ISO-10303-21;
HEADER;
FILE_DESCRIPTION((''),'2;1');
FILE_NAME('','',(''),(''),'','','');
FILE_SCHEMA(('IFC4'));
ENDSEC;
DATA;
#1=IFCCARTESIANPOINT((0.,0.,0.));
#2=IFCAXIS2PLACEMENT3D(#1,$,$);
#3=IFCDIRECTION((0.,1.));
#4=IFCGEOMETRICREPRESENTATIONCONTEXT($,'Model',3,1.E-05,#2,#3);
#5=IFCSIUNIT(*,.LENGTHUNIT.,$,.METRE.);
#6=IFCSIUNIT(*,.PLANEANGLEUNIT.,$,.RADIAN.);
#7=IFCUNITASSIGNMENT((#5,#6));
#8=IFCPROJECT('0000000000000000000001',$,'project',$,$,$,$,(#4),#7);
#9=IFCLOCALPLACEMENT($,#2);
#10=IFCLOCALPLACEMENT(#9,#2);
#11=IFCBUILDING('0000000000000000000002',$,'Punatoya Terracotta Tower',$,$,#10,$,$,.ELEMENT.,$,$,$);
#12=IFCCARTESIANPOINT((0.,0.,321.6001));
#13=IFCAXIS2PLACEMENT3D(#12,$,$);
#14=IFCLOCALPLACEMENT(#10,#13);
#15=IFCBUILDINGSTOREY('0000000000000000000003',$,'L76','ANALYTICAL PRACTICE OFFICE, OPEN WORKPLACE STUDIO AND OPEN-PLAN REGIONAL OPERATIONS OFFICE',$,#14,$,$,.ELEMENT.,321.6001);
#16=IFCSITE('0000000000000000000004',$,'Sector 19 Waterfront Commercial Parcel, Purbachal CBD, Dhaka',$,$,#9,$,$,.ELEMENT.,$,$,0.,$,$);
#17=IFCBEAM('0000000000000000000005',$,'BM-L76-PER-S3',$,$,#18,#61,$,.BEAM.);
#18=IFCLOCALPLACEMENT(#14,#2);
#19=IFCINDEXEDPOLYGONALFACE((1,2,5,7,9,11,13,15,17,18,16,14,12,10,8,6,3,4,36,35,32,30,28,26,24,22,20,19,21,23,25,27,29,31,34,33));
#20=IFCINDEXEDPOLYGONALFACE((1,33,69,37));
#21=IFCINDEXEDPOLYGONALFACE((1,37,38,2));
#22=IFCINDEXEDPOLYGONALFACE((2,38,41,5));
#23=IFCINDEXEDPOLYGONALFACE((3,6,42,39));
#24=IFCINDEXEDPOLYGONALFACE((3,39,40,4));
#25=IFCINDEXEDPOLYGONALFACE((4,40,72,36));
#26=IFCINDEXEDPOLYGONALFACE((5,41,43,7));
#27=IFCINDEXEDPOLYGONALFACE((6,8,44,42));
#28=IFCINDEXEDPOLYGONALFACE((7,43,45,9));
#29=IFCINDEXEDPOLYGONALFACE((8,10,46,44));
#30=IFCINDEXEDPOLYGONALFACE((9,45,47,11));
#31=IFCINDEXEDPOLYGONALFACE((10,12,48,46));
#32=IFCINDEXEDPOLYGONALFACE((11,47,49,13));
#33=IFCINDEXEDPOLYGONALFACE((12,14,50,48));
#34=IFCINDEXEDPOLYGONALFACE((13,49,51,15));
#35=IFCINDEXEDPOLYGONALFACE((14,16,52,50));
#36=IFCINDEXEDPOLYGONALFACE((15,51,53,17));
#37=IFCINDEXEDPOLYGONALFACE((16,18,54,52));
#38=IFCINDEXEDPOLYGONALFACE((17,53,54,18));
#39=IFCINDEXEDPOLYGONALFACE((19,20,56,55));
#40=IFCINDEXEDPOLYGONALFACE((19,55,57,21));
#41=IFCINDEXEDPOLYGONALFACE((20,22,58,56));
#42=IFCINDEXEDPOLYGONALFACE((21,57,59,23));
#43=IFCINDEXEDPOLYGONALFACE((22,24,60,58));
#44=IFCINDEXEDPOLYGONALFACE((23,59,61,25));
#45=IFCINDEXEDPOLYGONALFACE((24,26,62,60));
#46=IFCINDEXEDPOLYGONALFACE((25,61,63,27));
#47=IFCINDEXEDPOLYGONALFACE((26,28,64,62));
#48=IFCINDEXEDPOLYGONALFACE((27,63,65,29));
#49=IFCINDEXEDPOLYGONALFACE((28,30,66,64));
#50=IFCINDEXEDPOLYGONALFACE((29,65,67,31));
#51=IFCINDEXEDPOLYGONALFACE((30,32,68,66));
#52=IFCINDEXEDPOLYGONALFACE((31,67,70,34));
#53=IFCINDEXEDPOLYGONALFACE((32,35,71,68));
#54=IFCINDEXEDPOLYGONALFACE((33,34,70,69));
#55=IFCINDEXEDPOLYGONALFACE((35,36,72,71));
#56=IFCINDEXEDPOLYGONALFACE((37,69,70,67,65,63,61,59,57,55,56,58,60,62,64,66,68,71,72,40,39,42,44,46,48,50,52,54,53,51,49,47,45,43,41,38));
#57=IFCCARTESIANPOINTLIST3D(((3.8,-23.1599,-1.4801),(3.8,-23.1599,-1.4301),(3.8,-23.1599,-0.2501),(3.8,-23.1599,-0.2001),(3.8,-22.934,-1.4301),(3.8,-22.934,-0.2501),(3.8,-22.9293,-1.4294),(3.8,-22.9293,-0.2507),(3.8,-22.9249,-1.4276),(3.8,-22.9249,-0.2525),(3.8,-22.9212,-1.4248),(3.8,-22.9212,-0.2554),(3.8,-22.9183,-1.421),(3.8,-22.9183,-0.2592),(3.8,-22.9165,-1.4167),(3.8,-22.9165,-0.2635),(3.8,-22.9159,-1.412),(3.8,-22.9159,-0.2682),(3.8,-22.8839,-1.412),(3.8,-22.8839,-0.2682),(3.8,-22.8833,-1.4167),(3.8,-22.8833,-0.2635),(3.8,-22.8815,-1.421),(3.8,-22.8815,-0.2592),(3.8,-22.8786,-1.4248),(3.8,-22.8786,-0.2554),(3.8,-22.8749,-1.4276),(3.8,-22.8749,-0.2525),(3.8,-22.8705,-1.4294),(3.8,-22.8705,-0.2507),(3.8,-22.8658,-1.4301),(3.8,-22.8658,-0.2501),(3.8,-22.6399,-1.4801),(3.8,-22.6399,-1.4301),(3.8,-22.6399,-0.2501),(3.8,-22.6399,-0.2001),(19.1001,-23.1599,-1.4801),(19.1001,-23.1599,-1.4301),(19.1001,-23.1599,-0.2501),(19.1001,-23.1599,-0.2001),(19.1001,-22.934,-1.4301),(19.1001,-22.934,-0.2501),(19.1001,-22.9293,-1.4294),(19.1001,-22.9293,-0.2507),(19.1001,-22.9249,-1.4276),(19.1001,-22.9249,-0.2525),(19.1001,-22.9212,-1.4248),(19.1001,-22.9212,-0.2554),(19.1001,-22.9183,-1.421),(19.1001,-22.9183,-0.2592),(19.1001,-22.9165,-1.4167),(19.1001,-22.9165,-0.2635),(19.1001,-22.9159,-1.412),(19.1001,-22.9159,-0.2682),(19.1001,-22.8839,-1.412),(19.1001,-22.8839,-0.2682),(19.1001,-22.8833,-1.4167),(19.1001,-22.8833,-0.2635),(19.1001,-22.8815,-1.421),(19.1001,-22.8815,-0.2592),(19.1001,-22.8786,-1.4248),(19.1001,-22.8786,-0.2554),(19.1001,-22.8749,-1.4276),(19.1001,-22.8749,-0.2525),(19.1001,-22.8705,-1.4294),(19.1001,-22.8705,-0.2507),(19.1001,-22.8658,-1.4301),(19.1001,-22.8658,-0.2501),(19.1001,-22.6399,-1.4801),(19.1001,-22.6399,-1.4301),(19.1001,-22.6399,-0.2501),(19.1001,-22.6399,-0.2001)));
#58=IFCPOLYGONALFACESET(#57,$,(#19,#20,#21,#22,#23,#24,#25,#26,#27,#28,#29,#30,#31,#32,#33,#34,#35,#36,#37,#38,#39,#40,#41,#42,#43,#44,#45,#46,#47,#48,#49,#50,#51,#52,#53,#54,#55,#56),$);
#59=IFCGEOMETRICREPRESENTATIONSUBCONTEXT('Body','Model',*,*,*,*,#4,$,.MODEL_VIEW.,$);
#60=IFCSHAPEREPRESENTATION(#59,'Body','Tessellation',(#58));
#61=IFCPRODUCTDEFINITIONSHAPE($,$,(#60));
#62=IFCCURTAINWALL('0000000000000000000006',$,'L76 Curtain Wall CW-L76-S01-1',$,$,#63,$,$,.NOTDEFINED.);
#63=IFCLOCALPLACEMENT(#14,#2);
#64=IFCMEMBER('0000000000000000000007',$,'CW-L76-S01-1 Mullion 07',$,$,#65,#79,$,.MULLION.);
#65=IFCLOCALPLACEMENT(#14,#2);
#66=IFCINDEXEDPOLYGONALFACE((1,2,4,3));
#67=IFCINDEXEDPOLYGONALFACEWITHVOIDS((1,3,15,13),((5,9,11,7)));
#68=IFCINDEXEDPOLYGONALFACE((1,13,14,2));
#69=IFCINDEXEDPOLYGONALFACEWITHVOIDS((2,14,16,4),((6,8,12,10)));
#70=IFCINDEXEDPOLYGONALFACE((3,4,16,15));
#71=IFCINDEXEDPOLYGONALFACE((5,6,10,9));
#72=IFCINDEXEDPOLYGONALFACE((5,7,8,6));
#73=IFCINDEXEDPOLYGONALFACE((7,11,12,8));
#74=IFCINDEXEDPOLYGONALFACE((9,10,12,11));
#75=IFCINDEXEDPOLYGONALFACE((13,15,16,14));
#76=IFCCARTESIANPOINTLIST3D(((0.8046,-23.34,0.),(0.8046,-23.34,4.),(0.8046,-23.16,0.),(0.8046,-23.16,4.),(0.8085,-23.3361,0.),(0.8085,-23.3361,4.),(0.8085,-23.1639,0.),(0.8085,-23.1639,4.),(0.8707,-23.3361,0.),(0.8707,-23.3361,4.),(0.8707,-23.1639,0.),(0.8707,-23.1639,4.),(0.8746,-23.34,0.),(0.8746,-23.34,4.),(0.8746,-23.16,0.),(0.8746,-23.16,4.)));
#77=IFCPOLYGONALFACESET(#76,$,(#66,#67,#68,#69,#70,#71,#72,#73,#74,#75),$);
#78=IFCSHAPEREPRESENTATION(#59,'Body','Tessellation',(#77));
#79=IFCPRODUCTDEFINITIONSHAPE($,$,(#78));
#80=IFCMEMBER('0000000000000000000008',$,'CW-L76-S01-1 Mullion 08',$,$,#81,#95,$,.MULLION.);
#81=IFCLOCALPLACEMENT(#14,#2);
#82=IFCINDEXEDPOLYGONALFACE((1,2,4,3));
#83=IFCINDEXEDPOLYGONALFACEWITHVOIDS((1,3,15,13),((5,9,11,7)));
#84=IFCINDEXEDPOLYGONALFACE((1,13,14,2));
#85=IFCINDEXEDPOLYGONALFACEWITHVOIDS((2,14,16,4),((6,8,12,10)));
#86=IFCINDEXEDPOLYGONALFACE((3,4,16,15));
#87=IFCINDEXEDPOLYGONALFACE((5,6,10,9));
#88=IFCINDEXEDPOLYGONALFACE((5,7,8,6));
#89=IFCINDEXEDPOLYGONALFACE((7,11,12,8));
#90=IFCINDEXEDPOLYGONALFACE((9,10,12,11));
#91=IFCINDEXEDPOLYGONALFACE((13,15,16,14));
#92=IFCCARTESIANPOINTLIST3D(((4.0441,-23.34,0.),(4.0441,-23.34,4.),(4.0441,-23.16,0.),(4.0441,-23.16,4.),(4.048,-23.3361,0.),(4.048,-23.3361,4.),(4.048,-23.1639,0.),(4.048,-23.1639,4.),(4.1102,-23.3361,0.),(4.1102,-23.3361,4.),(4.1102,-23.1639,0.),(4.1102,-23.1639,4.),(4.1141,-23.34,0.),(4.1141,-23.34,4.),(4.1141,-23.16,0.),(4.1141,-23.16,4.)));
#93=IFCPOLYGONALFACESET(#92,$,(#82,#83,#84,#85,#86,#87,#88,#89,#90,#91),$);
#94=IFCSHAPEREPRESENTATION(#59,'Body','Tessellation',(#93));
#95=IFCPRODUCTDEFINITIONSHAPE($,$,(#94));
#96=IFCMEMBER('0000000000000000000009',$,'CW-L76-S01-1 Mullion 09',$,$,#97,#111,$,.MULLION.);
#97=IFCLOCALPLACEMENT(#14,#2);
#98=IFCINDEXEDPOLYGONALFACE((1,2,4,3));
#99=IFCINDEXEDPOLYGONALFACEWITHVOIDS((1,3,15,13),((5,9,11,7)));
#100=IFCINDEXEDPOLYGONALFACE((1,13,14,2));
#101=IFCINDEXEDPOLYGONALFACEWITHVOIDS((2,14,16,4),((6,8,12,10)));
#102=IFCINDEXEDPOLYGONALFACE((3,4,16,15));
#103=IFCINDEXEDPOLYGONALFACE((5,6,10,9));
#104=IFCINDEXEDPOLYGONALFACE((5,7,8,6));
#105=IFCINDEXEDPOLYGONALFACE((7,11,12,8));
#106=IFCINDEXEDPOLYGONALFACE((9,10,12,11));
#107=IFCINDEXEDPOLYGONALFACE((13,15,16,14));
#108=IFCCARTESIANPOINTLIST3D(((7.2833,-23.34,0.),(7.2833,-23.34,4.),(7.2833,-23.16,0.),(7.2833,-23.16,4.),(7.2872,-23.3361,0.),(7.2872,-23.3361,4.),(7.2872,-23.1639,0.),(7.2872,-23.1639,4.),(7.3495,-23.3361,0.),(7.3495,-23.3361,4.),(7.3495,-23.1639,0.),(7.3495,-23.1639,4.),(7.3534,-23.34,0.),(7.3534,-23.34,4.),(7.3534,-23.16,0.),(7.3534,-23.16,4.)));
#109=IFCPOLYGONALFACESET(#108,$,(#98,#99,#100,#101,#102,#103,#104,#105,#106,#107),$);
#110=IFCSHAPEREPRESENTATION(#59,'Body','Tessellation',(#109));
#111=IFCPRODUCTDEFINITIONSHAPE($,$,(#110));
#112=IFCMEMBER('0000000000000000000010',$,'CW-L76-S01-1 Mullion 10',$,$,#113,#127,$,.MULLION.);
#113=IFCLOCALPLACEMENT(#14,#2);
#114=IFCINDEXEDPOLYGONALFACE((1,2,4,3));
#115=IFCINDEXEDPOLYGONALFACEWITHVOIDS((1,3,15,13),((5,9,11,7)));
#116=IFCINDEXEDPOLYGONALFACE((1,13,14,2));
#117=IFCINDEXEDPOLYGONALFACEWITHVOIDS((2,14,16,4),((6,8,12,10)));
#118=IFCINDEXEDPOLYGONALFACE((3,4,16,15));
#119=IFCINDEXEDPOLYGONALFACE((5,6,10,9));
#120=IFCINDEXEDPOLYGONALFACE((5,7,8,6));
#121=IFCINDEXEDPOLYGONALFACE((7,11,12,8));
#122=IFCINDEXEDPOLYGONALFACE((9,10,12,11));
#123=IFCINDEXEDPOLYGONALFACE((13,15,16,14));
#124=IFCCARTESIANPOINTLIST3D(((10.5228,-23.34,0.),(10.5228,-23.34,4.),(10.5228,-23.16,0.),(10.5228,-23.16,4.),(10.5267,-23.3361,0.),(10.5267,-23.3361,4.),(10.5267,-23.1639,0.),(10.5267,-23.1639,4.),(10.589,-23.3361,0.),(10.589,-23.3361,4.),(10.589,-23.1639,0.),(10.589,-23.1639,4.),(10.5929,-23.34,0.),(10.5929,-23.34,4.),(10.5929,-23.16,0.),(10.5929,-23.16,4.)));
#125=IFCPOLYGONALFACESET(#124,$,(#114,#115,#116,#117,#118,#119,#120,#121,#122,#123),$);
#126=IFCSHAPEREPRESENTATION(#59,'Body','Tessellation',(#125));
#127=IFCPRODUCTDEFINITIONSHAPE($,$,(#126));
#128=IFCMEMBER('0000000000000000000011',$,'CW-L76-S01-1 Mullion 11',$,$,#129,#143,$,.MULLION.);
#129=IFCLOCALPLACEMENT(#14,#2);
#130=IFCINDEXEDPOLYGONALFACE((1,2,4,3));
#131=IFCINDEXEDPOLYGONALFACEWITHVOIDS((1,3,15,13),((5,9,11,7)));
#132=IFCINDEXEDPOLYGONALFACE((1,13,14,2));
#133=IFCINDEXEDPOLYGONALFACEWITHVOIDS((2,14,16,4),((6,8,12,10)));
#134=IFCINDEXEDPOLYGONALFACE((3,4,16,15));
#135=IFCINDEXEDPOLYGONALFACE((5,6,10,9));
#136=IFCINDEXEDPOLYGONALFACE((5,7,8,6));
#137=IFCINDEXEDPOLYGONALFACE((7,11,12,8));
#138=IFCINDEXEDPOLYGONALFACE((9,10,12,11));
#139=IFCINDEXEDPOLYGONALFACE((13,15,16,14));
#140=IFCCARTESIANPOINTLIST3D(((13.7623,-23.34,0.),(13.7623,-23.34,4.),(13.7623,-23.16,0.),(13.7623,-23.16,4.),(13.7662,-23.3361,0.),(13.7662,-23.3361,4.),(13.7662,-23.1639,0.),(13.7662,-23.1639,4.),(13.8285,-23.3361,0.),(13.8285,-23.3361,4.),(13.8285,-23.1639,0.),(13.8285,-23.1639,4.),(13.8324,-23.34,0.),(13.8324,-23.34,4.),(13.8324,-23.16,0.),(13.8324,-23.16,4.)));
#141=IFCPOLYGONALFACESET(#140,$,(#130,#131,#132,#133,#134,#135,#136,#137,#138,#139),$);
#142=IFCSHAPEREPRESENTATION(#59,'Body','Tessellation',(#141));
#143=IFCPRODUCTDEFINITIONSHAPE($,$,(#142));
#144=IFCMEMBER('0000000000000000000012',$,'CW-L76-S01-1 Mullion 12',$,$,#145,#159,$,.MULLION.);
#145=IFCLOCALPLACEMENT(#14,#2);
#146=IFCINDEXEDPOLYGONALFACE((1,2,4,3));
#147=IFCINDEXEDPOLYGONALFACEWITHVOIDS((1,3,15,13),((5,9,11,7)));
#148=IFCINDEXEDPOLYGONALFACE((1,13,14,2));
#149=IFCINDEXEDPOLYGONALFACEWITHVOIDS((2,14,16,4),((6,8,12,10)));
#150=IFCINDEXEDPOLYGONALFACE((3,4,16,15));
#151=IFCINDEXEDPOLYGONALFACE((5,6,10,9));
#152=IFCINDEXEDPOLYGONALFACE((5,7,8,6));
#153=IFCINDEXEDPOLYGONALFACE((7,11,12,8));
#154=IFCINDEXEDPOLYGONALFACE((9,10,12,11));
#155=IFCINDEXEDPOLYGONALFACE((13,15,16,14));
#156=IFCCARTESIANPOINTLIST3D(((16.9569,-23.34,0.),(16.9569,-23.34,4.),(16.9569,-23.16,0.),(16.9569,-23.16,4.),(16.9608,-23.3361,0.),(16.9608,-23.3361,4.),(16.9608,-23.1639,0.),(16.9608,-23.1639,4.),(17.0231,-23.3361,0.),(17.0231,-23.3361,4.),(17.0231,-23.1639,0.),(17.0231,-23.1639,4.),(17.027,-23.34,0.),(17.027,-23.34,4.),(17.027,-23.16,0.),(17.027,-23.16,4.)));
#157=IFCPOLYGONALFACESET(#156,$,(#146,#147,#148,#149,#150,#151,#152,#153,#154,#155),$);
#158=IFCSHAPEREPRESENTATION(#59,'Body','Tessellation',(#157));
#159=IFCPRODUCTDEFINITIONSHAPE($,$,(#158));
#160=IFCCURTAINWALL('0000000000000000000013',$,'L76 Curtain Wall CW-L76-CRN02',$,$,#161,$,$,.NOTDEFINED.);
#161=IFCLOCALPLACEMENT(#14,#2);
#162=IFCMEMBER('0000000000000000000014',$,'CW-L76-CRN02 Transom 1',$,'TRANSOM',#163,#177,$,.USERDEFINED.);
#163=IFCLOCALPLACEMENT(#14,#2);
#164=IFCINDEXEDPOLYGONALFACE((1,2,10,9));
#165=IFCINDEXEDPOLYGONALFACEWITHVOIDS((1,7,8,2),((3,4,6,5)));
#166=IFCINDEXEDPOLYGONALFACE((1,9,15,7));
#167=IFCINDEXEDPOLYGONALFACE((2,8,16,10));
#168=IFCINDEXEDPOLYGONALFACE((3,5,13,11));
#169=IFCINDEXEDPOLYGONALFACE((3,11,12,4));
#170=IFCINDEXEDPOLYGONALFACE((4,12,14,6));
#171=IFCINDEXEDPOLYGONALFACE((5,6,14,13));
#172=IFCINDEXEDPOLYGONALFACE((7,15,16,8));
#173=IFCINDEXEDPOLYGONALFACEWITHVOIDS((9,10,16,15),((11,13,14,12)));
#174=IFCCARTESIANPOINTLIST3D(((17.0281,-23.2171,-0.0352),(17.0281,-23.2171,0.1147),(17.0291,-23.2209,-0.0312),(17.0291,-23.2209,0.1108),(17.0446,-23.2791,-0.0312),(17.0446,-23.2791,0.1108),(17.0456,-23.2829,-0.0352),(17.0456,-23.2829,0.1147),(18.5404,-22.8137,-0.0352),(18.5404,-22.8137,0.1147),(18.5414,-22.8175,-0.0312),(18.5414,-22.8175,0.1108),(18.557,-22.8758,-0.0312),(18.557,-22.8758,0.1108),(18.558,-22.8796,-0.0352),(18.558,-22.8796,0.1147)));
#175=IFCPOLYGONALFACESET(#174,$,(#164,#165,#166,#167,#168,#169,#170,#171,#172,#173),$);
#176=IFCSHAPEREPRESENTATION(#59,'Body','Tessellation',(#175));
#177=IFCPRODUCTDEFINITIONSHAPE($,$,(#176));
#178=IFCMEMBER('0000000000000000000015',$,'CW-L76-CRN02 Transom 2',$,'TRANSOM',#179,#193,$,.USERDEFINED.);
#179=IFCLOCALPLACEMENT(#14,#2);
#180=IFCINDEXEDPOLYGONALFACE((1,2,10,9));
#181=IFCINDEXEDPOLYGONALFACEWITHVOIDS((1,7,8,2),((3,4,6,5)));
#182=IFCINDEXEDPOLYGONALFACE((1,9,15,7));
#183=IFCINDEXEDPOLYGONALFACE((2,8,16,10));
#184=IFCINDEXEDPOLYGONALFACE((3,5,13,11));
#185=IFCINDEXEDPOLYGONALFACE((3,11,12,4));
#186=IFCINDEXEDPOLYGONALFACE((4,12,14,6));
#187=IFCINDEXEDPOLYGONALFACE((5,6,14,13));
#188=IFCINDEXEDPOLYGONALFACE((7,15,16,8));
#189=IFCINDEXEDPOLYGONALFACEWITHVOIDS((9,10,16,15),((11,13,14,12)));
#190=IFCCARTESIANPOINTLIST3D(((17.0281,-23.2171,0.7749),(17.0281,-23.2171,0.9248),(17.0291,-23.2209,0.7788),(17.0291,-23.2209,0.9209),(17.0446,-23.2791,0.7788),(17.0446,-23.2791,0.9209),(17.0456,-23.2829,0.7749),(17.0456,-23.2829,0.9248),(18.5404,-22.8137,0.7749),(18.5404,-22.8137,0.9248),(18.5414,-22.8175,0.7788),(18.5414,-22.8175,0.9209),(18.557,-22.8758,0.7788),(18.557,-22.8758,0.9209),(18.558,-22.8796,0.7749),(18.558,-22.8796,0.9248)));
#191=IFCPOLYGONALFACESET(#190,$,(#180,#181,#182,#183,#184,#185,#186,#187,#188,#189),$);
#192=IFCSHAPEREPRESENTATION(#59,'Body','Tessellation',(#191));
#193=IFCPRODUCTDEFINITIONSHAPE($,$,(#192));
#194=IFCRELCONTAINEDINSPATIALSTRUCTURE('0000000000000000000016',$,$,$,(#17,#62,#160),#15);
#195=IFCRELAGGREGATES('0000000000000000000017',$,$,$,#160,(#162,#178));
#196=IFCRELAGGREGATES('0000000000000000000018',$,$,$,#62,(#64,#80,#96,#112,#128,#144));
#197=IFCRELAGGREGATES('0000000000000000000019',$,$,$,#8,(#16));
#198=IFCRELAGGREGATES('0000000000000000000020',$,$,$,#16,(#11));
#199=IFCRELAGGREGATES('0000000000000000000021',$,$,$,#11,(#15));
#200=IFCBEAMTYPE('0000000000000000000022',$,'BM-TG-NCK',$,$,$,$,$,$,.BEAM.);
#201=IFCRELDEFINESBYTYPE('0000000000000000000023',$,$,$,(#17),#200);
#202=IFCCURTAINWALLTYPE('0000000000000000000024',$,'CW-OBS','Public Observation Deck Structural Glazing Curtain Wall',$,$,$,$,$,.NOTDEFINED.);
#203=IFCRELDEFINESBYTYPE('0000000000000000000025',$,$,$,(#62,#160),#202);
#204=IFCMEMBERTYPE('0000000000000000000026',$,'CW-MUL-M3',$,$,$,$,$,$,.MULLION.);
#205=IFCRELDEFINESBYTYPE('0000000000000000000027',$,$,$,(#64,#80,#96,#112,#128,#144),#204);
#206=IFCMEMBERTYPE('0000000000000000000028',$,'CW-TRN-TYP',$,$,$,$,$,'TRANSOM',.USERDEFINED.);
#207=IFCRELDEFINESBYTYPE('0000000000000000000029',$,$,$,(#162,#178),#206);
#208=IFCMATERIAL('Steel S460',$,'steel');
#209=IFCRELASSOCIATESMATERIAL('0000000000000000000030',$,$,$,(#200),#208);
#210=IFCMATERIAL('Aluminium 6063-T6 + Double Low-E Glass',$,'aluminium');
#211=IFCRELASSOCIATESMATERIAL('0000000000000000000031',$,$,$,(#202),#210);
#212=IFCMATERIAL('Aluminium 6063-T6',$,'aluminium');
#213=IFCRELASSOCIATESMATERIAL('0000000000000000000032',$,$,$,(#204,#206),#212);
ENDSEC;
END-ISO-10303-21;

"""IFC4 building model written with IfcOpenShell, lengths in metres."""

from ifc_helpers import new_model, si_unit, direction, frame, origin, origin_2d, place, context, subcontext, project, spatial, hollow_rectangle, i_section, extrude, material, material_profile, profile_set, type_object, element, aggregate, save


model = new_model("IFC4")

# Units and contexts
model_context = context("Model", 3, precision=1e-05, world=origin(), true_north=direction((0.0, 1.0)))
body_context = subcontext(model_context, "Body", "Model", "MODEL_VIEW")
ifc_project = project(units=[si_unit("LENGTHUNIT", "METRE"), si_unit("PLANEANGLEUNIT", "RADIAN")], contexts=[model_context])

# Site, building, storey
site_placement = place(None, origin())
site = spatial("IfcSite", under=ifc_project, at=site_placement, Name="Sector 19 Waterfront Commercial Parcel, Purbachal CBD, Dhaka", CompositionType="ELEMENT", RefElevation=0.0)
building_placement = place(site_placement, origin())
building = spatial("IfcBuilding", under=site, at=building_placement, Name="Punatoya Terracotta Tower", CompositionType="ELEMENT")
storey_placement = place(building_placement, frame((0.0, 0.0, 321.6001)))
storey = spatial("IfcBuildingStorey", under=building, at=storey_placement, Name="L76", Description="ANALYTICAL PRACTICE OFFICE, OPEN WORKPLACE STUDIO AND OPEN-PLAN REGIONAL OPERATIONS OFFICE", CompositionType="ELEMENT", Elevation=321.6001)

# Shared definitions
ifc_material_1 = material(Name="Steel S460", Category="steel")

# Beam
ifc_material_profile_1 = material_profile(ifc_material_1, i_section(OverallWidth=0.52, OverallDepth=1.28, WebThickness=0.032, FlangeThickness=0.05, FilletRadius=0.0181, at=origin_2d()))
ifc_profile_set_1 = profile_set([ifc_material_profile_1], Name="Steel S460")
beam_type_1 = type_object("IfcBeamType", Name="BM-TG-NCK", PredefinedType="BEAM", material=ifc_profile_set_1)
beam_1_placement = place(storey_placement, frame((3.8, -22.8999, -0.8401), z_axis=(1.0, 0.0, 0.0), x_axis=(0.0, 1.0, 0.0)))
element("IfcBeam", 1, at=beam_1_placement, inside=storey, type_object=beam_type_1, Name="BM-L76-PER-S3", PredefinedType="BEAM", context=body_context, shape_type="SweptSolid", body=[
    extrude(i_section(OverallWidth=0.52, OverallDepth=1.28, WebThickness=0.032, FlangeThickness=0.05, FilletRadius=0.0181, at=origin_2d()), origin(), (0.0, 0.0, 1.0), 15.3),
])

# Curtain walls, members
ifc_material_2 = material(Name="Aluminium 6063-T6 + Double Low-E Glass", Category="aluminium")
curtain_wall_type = type_object("IfcCurtainWallType", Name="CW-OBS", Description="Public Observation Deck Structural Glazing Curtain Wall", PredefinedType="NOTDEFINED", material=ifc_material_2)
curtain_wall_1_placement = place(storey_placement, origin())
curtain_wall_1 = element("IfcCurtainWall", 2, at=curtain_wall_1_placement, inside=storey, type_object=curtain_wall_type, Name="L76 Curtain Wall CW-L76-S01-1", PredefinedType="NOTDEFINED")
ifc_material_3 = material(Name="Aluminium 6063-T6", Category="aluminium")
ifc_material_profile_2 = material_profile(ifc_material_3, hollow_rectangle(XDim=0.0701, YDim=0.1799, WallThickness=0.0039, at=origin_2d()))
ifc_profile_set_2 = profile_set([ifc_material_profile_2], Name="Aluminium 6063-T6")
member_type_1 = type_object("IfcMemberType", Name="CW-MUL-M3", PredefinedType="MULLION", material=ifc_profile_set_2)
member_1_placement = place(storey_placement, frame((0.8396, -23.25, 0.0), z_axis=(0.0, 0.0, 1.0), x_axis=(1.0, 0.0, 0.0)))
member_1 = element("IfcMember", 3, at=member_1_placement, type_object=member_type_1, Name="CW-L76-S01-1 Mullion 07", PredefinedType="MULLION", context=body_context, shape_type="SweptSolid", body=[
    extrude(hollow_rectangle(XDim=0.0701, YDim=0.1799, WallThickness=0.0039, at=origin_2d()), origin(), (0.0, 0.0, 1.0), 4.0),
])
member_2_placement = place(storey_placement, frame((4.0791, -23.25, 0.0), z_axis=(0.0, 0.0, 1.0), x_axis=(1.0, 0.0, 0.0)))
member_2 = element("IfcMember", 4, at=member_2_placement, type_object=member_type_1, Name="CW-L76-S01-1 Mullion 08", PredefinedType="MULLION", context=body_context, shape_type="SweptSolid", body=[
    extrude(hollow_rectangle(XDim=0.0701, YDim=0.1799, WallThickness=0.0039, at=origin_2d()), origin(), (0.0, 0.0, 1.0), 4.0),
])
member_3_placement = place(storey_placement, frame((7.3184, -23.25, 0.0), z_axis=(0.0, 0.0, 1.0), x_axis=(1.0, 0.0, 0.0)))
member_3 = element("IfcMember", 5, at=member_3_placement, type_object=member_type_1, Name="CW-L76-S01-1 Mullion 09", PredefinedType="MULLION", context=body_context, shape_type="SweptSolid", body=[
    extrude(hollow_rectangle(XDim=0.0701, YDim=0.1799, WallThickness=0.0039, at=origin_2d()), origin(), (0.0, 0.0, 1.0), 4.0),
])
member_4_placement = place(storey_placement, frame((10.5579, -23.25, 0.0), z_axis=(0.0, 0.0, 1.0), x_axis=(1.0, 0.0, 0.0)))
member_4 = element("IfcMember", 6, at=member_4_placement, type_object=member_type_1, Name="CW-L76-S01-1 Mullion 10", PredefinedType="MULLION", context=body_context, shape_type="SweptSolid", body=[
    extrude(hollow_rectangle(XDim=0.0701, YDim=0.1799, WallThickness=0.0039, at=origin_2d()), origin(), (0.0, 0.0, 1.0), 4.0),
])
member_5_placement = place(storey_placement, frame((13.7974, -23.25, 0.0), z_axis=(0.0, 0.0, 1.0), x_axis=(1.0, 0.0, 0.0)))
member_5 = element("IfcMember", 7, at=member_5_placement, type_object=member_type_1, Name="CW-L76-S01-1 Mullion 11", PredefinedType="MULLION", context=body_context, shape_type="SweptSolid", body=[
    extrude(hollow_rectangle(XDim=0.0701, YDim=0.1799, WallThickness=0.0039, at=origin_2d()), origin(), (0.0, 0.0, 1.0), 4.0),
])
member_6_placement = place(storey_placement, frame((16.9919, -23.25, 0.0), z_axis=(0.0, 0.0, 1.0), x_axis=(1.0, 0.0, 0.0)))
member_6 = element("IfcMember", 8, at=member_6_placement, type_object=member_type_1, Name="CW-L76-S01-1 Mullion 12", PredefinedType="MULLION", context=body_context, shape_type="SweptSolid", body=[
    extrude(hollow_rectangle(XDim=0.0701, YDim=0.1799, WallThickness=0.0039, at=origin_2d()), origin(), (0.0, 0.0, 1.0), 4.0),
])
curtain_wall_2_placement = place(storey_placement, origin())
curtain_wall_2 = element("IfcCurtainWall", 9, at=curtain_wall_2_placement, inside=storey, type_object=curtain_wall_type, Name="L76 Curtain Wall CW-L76-CRN02", PredefinedType="NOTDEFINED")
ifc_material_profile_3 = material_profile(ifc_material_3, hollow_rectangle(XDim=0.0681, YDim=0.1499, WallThickness=0.0039, at=origin_2d()))
ifc_profile_set_3 = profile_set([ifc_material_profile_3], Name="Aluminium 6063-T6")
member_type_2 = type_object("IfcMemberType", Name="CW-TRN-TYP", ElementType="TRANSOM", PredefinedType="USERDEFINED", material=ifc_profile_set_3)
member_7_placement = place(storey_placement, frame((17.0369, -23.25, 0.0398), z_axis=(0.966225, 0.257701, 0.0), x_axis=(-0.257701, 0.966225, 0.0)))
member_7 = element("IfcMember", 10, at=member_7_placement, type_object=member_type_2, Name="CW-L76-CRN02 Transom 1", ObjectType="TRANSOM", PredefinedType="USERDEFINED", context=body_context, shape_type="SweptSolid", body=[
    extrude(hollow_rectangle(XDim=0.0681, YDim=0.1499, WallThickness=0.0039, at=origin_2d()), origin(), (0.0, 0.0, 1.0), 1.5652),
])
member_8_placement = place(storey_placement, frame((17.0369, -23.25, 0.8499), z_axis=(0.966225, 0.257701, 0.0), x_axis=(-0.257701, 0.966225, 0.0)))
member_8 = element("IfcMember", 11, at=member_8_placement, type_object=member_type_2, Name="CW-L76-CRN02 Transom 2", ObjectType="TRANSOM", PredefinedType="USERDEFINED", context=body_context, shape_type="SweptSolid", body=[
    extrude(hollow_rectangle(XDim=0.0681, YDim=0.1499, WallThickness=0.0039, at=origin_2d()), origin(), (0.0, 0.0, 1.0), 1.5652),
])
aggregate(curtain_wall_2, [member_7, member_8])

aggregate(curtain_wall_1, [member_1, member_2, member_3, member_4, member_5, member_6])

save(model, "model.ifc")
